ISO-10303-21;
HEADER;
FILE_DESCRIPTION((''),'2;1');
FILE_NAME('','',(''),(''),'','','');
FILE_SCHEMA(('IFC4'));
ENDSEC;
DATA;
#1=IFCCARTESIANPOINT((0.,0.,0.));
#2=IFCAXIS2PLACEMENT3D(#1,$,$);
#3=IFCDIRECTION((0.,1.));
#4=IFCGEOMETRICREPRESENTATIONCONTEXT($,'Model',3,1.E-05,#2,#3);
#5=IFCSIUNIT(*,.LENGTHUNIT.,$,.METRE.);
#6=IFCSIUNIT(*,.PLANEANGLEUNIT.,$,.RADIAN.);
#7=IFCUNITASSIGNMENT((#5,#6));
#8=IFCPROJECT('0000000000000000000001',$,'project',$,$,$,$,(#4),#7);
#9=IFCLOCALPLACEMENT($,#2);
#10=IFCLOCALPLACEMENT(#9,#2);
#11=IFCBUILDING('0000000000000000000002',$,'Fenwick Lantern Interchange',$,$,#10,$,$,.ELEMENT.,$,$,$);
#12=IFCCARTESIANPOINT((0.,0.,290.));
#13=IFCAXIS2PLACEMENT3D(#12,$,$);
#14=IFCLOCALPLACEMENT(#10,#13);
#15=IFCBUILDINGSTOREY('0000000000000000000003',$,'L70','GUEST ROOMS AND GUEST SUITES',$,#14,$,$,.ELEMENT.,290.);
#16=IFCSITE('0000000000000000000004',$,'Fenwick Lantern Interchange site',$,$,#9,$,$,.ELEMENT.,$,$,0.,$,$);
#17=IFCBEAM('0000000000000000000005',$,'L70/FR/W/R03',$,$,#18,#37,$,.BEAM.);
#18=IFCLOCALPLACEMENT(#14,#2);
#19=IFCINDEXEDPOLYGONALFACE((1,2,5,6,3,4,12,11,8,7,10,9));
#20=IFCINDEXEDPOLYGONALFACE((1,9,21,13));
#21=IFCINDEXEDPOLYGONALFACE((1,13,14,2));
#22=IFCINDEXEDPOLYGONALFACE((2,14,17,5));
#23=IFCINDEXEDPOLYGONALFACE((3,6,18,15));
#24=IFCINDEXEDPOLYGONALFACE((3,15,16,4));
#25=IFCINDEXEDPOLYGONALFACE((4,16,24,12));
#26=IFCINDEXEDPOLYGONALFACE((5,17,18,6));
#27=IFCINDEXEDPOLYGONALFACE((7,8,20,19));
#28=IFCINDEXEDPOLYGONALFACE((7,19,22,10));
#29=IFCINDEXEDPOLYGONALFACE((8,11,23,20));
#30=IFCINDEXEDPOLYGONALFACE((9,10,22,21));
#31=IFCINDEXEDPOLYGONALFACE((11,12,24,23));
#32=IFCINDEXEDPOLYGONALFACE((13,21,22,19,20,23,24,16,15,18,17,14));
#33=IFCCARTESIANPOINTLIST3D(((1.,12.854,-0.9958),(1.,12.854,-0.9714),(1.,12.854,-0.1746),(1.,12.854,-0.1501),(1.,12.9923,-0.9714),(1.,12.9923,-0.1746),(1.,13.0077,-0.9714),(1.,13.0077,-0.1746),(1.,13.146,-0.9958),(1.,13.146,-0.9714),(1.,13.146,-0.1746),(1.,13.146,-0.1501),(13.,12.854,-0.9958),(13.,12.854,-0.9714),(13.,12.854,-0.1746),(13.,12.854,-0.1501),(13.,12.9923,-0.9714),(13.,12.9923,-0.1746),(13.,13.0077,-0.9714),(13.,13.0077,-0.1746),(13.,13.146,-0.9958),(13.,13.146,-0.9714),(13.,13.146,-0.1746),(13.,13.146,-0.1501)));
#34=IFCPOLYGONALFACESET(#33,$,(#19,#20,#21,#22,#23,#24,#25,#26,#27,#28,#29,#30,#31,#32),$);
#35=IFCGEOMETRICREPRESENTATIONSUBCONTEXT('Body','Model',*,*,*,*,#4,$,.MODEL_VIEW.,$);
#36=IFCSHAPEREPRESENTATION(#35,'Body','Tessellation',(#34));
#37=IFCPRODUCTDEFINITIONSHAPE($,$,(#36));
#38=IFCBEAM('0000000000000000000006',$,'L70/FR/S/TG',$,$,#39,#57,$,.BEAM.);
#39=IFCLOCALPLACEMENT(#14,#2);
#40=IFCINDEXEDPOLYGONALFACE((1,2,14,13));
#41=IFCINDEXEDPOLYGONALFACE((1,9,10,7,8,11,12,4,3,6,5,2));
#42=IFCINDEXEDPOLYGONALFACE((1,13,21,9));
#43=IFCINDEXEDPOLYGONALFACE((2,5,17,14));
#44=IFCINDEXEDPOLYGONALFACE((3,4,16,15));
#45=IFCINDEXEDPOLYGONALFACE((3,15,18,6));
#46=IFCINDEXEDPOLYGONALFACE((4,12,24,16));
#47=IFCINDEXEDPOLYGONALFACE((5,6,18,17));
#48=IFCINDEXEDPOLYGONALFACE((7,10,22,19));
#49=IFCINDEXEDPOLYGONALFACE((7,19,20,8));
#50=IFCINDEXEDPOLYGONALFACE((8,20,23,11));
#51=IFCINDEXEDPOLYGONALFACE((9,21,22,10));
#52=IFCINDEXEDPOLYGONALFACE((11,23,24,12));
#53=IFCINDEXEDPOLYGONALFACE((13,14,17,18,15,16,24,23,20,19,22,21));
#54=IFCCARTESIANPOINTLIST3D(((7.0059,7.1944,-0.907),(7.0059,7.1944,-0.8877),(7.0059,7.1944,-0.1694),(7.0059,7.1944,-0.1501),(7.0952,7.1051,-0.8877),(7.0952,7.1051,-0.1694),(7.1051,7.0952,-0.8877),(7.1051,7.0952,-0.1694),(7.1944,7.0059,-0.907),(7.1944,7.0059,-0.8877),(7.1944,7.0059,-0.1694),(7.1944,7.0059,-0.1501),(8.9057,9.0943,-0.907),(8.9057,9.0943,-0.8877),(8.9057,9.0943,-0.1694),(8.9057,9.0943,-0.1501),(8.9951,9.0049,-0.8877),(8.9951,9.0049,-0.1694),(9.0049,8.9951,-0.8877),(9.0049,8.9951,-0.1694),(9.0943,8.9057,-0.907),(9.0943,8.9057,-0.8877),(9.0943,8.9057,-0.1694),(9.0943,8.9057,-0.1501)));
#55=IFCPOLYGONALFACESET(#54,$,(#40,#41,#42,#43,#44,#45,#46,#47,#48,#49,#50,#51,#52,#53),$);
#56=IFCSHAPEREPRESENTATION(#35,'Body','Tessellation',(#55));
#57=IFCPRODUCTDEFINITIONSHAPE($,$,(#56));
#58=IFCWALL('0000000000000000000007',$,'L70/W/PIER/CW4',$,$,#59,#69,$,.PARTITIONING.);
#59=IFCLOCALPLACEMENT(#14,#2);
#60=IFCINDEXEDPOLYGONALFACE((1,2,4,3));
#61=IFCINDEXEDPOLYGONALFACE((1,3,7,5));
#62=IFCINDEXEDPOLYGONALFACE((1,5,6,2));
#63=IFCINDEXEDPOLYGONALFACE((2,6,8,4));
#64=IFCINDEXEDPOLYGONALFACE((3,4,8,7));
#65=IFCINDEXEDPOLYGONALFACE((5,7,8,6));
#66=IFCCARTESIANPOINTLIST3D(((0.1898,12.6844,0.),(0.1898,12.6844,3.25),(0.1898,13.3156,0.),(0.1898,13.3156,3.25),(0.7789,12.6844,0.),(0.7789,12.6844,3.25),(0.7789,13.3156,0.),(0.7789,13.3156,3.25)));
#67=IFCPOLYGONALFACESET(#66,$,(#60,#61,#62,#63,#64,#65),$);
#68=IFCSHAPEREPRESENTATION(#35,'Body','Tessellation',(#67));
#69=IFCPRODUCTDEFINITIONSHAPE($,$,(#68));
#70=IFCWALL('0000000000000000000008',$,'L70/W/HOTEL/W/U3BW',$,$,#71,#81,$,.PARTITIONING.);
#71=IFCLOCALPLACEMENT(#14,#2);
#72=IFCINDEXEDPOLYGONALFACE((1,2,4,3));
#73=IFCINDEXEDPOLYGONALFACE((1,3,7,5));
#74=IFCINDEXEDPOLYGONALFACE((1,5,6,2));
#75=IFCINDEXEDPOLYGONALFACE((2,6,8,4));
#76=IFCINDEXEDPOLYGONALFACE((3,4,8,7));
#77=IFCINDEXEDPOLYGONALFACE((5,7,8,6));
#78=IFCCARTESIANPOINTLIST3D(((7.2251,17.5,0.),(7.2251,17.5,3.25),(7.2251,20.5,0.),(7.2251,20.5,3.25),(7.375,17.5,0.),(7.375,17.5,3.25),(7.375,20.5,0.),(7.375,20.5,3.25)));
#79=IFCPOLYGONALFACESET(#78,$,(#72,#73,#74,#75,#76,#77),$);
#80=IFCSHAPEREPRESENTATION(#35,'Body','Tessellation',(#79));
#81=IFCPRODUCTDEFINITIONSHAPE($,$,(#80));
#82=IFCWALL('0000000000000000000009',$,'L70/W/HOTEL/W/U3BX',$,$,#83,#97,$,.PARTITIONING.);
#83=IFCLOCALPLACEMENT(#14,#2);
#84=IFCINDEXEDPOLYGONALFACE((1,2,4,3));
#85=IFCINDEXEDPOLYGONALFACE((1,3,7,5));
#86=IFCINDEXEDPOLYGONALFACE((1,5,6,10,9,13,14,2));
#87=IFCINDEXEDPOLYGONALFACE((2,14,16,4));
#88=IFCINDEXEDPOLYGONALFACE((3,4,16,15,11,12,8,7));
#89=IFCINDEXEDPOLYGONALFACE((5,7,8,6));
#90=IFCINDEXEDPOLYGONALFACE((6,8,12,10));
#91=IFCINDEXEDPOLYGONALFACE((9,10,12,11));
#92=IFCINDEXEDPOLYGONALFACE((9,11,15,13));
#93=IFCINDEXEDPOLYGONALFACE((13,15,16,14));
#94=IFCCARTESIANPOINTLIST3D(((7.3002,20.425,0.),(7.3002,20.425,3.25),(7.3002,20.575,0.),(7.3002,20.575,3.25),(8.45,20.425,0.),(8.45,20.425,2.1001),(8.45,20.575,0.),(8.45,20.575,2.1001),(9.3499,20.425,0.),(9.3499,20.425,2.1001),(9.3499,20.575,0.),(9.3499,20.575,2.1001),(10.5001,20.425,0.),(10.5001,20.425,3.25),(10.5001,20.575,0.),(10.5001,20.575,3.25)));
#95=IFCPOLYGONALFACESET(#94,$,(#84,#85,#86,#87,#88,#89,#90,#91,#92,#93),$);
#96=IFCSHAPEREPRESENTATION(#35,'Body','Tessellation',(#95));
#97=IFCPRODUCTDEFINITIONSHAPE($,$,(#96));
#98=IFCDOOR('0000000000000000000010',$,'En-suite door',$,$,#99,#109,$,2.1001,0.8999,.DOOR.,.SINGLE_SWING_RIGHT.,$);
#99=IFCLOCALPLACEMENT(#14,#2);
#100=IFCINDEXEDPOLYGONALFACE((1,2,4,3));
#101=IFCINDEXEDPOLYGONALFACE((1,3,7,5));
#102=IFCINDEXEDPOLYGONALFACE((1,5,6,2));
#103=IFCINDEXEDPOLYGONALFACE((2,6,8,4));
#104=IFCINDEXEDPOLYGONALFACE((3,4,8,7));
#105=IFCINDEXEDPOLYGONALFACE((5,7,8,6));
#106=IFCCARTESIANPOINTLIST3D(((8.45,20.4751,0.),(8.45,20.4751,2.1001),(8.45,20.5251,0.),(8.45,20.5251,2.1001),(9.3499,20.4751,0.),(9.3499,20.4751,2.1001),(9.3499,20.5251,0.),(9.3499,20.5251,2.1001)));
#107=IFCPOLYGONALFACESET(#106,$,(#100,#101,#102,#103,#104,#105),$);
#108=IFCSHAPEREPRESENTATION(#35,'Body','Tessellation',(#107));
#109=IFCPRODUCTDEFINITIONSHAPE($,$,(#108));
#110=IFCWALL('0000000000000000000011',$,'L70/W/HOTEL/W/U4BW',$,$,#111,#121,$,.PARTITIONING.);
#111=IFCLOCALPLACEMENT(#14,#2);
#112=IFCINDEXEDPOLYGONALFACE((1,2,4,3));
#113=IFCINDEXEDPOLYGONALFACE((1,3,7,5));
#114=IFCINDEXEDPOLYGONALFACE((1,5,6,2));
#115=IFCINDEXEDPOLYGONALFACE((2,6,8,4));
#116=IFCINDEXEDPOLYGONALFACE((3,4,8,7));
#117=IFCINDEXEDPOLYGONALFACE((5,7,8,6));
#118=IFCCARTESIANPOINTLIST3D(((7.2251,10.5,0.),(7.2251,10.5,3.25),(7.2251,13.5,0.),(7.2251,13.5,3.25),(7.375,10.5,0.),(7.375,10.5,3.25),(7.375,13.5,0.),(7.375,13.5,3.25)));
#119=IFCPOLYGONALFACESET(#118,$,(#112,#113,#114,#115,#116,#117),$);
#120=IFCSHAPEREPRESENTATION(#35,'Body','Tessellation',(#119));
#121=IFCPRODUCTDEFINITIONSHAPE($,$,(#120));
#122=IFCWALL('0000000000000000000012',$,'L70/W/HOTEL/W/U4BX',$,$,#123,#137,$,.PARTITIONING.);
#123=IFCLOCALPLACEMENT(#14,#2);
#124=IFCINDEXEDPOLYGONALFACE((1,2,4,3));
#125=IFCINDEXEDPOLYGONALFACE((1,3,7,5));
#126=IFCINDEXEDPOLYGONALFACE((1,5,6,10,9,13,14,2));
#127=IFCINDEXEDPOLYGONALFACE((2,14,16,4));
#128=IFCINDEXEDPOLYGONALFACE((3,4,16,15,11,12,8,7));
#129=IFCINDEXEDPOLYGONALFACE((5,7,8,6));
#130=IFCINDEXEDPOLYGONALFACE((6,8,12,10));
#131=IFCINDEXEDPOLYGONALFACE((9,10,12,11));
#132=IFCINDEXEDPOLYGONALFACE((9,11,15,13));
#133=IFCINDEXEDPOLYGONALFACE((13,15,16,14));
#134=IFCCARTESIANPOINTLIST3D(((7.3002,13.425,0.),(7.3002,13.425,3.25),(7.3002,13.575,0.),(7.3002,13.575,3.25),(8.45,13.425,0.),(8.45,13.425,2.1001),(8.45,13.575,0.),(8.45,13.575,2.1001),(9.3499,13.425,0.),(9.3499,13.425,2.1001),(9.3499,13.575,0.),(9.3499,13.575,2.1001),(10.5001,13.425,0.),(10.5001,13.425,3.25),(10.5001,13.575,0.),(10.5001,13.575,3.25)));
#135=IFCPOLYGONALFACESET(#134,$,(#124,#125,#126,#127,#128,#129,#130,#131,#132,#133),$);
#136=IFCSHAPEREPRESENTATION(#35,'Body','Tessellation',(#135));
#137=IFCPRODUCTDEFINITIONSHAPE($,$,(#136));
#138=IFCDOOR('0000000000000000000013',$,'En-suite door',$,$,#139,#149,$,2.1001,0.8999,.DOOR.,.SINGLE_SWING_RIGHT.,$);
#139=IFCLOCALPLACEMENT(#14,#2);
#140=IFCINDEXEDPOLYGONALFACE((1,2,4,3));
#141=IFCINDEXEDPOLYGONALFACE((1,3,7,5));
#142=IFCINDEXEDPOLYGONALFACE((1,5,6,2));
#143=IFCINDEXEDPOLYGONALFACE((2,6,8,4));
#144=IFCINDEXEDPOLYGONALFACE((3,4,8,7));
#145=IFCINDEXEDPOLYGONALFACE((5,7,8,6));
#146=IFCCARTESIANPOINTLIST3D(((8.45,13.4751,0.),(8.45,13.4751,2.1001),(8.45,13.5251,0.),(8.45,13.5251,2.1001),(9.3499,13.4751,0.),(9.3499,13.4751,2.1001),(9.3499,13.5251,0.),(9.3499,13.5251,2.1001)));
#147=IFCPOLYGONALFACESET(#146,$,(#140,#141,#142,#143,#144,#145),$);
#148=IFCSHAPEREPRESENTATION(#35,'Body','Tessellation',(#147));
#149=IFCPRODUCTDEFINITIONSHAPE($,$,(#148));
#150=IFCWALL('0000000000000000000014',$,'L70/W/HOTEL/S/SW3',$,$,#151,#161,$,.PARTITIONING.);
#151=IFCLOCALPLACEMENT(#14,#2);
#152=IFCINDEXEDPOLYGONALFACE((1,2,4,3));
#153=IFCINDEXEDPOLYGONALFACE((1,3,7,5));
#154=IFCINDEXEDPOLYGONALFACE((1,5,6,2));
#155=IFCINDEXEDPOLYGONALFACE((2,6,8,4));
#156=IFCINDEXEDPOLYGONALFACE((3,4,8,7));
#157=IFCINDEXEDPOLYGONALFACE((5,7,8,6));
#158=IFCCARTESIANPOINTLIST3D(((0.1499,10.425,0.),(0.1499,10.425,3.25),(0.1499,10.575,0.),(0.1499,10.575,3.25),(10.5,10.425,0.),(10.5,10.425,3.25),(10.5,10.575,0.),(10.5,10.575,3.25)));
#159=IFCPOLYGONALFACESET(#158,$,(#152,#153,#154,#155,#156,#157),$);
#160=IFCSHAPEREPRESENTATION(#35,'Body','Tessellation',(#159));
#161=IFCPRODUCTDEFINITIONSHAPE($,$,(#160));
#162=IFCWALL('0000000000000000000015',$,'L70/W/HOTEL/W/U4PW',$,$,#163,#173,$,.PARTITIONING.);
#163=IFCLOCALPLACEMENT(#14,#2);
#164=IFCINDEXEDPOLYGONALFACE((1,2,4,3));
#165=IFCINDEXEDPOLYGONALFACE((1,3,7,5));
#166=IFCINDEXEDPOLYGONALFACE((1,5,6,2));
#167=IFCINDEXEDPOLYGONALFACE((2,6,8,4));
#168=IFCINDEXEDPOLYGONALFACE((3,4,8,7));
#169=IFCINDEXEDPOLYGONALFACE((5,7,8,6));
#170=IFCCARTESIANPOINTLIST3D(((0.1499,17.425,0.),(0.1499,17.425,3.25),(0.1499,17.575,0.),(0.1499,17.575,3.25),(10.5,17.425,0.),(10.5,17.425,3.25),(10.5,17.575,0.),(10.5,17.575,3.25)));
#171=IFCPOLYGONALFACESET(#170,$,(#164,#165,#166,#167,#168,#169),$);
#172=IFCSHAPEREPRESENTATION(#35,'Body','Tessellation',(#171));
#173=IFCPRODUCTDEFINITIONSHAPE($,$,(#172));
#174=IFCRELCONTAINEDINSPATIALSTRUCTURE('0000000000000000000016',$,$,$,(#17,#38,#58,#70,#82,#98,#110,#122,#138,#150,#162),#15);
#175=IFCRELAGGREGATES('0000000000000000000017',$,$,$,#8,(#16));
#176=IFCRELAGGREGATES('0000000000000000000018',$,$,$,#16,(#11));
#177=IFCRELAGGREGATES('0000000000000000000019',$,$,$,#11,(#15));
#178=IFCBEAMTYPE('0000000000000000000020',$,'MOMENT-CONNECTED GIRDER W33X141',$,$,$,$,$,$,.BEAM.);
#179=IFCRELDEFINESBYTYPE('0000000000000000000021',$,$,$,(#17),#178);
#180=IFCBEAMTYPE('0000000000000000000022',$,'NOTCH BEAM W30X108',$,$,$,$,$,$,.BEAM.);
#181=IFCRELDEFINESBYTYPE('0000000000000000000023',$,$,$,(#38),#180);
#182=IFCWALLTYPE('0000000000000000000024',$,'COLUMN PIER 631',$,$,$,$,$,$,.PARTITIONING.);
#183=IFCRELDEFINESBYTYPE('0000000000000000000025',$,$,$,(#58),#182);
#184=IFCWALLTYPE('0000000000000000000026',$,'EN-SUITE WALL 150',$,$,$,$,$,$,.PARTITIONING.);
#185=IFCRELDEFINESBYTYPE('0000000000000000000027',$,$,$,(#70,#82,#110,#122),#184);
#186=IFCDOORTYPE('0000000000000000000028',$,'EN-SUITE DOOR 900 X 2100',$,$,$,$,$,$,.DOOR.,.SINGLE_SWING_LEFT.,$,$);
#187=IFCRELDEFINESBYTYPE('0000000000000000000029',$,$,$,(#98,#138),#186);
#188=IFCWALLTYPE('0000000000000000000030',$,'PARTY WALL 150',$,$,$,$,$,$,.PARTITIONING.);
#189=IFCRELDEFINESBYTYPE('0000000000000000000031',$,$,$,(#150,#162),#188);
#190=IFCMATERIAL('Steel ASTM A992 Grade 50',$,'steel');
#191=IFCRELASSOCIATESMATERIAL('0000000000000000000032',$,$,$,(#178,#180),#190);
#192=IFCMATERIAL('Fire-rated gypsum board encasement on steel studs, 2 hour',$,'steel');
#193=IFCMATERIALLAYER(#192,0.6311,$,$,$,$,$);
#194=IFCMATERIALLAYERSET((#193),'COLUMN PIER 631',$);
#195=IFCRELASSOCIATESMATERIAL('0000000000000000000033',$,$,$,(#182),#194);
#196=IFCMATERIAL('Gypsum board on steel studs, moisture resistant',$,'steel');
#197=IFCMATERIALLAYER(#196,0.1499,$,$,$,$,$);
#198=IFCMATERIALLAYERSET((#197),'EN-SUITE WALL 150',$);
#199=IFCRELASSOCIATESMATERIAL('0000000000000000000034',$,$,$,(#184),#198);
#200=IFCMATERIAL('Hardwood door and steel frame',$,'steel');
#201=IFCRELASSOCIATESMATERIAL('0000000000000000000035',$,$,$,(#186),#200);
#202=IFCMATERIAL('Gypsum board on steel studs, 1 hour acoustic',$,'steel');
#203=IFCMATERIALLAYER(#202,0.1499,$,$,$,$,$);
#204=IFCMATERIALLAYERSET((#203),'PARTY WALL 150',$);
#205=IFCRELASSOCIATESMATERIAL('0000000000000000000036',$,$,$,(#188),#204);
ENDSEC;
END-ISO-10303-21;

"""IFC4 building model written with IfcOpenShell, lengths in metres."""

from ifc_helpers import new_model, si_unit, direction, frame, frame_2d, origin, origin_2d, place, context, subcontext, project, spatial, rectangle, i_section, extrude, material, layer, layer_set, material_profile, profile_set, type_object, element, fill, save


model = new_model("IFC4")

# Units and contexts
model_context = context("Model", 3, precision=1e-05, world=origin(), true_north=direction((0.0, 1.0)))
body_context = subcontext(model_context, "Body", "Model", "MODEL_VIEW")
ifc_project = project(units=[si_unit("LENGTHUNIT", "METRE"), si_unit("PLANEANGLEUNIT", "RADIAN")], contexts=[model_context])

# Site, building, storey
site_placement = place(None, origin())
site = spatial("IfcSite", under=ifc_project, at=site_placement, Name="Fenwick Lantern Interchange site", CompositionType="ELEMENT", RefElevation=0.0)
building_placement = place(site_placement, origin())
building = spatial("IfcBuilding", under=site, at=building_placement, Name="Fenwick Lantern Interchange", CompositionType="ELEMENT")
storey_placement = place(building_placement, frame((0.0, 0.0, 290.0)))
storey = spatial("IfcBuildingStorey", under=building, at=storey_placement, Name="L70", Description="GUEST ROOMS AND GUEST SUITES", CompositionType="ELEMENT", Elevation=290.0)

# Shared definitions
ifc_material_1 = material(Name="Steel ASTM A992 Grade 50", Category="steel")

# Beams
ifc_material_profile_1 = material_profile(ifc_material_1, i_section(OverallWidth=0.292, OverallDepth=0.8457, WebThickness=0.0154, FlangeThickness=0.0244, at=origin_2d()), Name="W33X141")
ifc_profile_set_1 = profile_set([ifc_material_profile_1], Name="Steel ASTM A992 Grade 50")
beam_type_1 = type_object("IfcBeamType", Name="MOMENT-CONNECTED GIRDER W33X141", PredefinedType="BEAM", material=ifc_profile_set_1)
beam_1_placement = place(storey_placement, frame((1.0, 13.0, -0.573), z_axis=(1.0, 0.0, 0.0), x_axis=(0.0, 1.0, 0.0)))
element("IfcBeam", 1, at=beam_1_placement, inside=storey, type_object=beam_type_1, Name="L70/FR/W/R03", PredefinedType="BEAM", context=body_context, shape_type="SweptSolid", body=[
    extrude(i_section(OverallWidth=0.292, OverallDepth=0.8457, WebThickness=0.0154, FlangeThickness=0.0244, at=origin_2d()), origin(), (0.0, 0.0, 1.0), 12.0),
])
ifc_material_profile_2 = material_profile(ifc_material_1, i_section(OverallWidth=0.2666, OverallDepth=0.7568, WebThickness=0.0139, FlangeThickness=0.0193, at=origin_2d()), Name="W30X108")
ifc_profile_set_2 = profile_set([ifc_material_profile_2], Name="Steel ASTM A992 Grade 50")
beam_type_2 = type_object("IfcBeamType", Name="NOTCH BEAM W30X108", PredefinedType="BEAM", material=ifc_profile_set_2)
beam_2_placement = place(storey_placement, frame((9.0, 9.0, -0.5286), z_axis=(-0.707107, -0.707107, 0.0), x_axis=(0.707107, -0.707107, 0.0)))
element("IfcBeam", 2, at=beam_2_placement, inside=storey, type_object=beam_type_2, Name="L70/FR/S/TG", PredefinedType="BEAM", context=body_context, shape_type="SweptSolid", body=[
    extrude(i_section(OverallWidth=0.2666, OverallDepth=0.7568, WebThickness=0.0139, FlangeThickness=0.0193, at=origin_2d()), origin(), (0.0, 0.0, 1.0), 2.6868),
])

# Walls
ifc_material_2 = material(Name="Fire-rated gypsum board encasement on steel studs, 2 hour", Category="steel")
ifc_layer_1 = layer(ifc_material_2, 0.6311)
ifc_layer_set_1 = layer_set([ifc_layer_1], Name="COLUMN PIER 631")
wall_type_1 = type_object("IfcWallType", Name="COLUMN PIER 631", PredefinedType="PARTITIONING", material=ifc_layer_set_1)
wall_1_placement = place(storey_placement, frame((0.1899, 13.0, 0.0), z_axis=(0.0, 0.0, 1.0), x_axis=(1.0, 0.0, 0.0)))
element("IfcWall", 3, at=wall_1_placement, inside=storey, type_object=wall_type_1, Name="L70/W/PIER/CW4", PredefinedType="PARTITIONING", context=body_context, shape_type="SweptSolid", body=[
    extrude(rectangle(XDim=0.5891, YDim=0.6311, at=frame_2d((0.2944, 0.0))), origin(), (0.0, 0.0, 1.0), 3.25),
])
ifc_material_3 = material(Name="Gypsum board on steel studs, moisture resistant", Category="steel")
ifc_layer_2 = layer(ifc_material_3, 0.1499)
ifc_layer_set_2 = layer_set([ifc_layer_2], Name="EN-SUITE WALL 150")
wall_type_2 = type_object("IfcWallType", Name="EN-SUITE WALL 150", PredefinedType="PARTITIONING", material=ifc_layer_set_2)
wall_2_placement = place(storey_placement, frame((7.3, 20.5, 0.0), z_axis=(0.0, 0.0, 1.0), x_axis=(0.0, -1.0, 0.0)))
element("IfcWall", 4, at=wall_2_placement, inside=storey, type_object=wall_type_2, Name="L70/W/HOTEL/W/U3BW", PredefinedType="PARTITIONING", context=body_context, shape_type="SweptSolid", body=[
    extrude(rectangle(XDim=3.0, YDim=0.1499, at=frame_2d((1.5, 0.0))), origin(), (0.0, 0.0, 1.0), 3.25),
])

# Wall, opening, door
wall_3_placement = place(storey_placement, frame((7.3, 20.5, 0.0), z_axis=(0.0, 0.0, 1.0), x_axis=(1.0, 0.0, 0.0)))
wall_3 = element("IfcWall", 5, at=wall_3_placement, inside=storey, type_object=wall_type_2, Name="L70/W/HOTEL/W/U3BX", PredefinedType="PARTITIONING", context=body_context, shape_type="SweptSolid", body=[
    extrude(rectangle(XDim=3.2, YDim=0.1499, at=frame_2d((1.6001, 0.0))), origin(), (0.0, 0.0, 1.0), 3.25),
])
opening_1_placement = place(wall_3_placement, frame((1.1499, 0.0, 0.0)))
opening_1 = element("IfcOpeningElement", 6, at=opening_1_placement, cuts=wall_3, PredefinedType="OPENING", context=body_context, shape_type="SweptSolid", body=[
    extrude(rectangle(XDim=0.8999, YDim=2.1001, at=frame_2d((0.45, 1.05))), frame((0.0, 0.085, 0.0), z_axis=(0.0, -1.0, 0.0), x_axis=(1.0, 0.0, 0.0)), (0.0, 0.0, 1.0), 0.1699),
])
ifc_material_4 = material(Name="Hardwood door and steel frame", Category="steel")
door_type = type_object("IfcDoorType", Name="EN-SUITE DOOR 900 X 2100", OperationType="SINGLE_SWING_LEFT", PredefinedType="DOOR", material=ifc_material_4)
door_1_placement = place(opening_1_placement, frame((0.8999, 0.0, 0.0), z_axis=(0.0, 0.0, 1.0), x_axis=(-1.0, 0.0, 0.0)))
door_1 = element("IfcDoor", 7, at=door_1_placement, inside=storey, type_object=door_type, Name="En-suite door", OperationType="SINGLE_SWING_RIGHT", OverallHeight=2.1001, OverallWidth=0.8999, PredefinedType="DOOR", context=body_context, shape_type="SweptSolid", body=[
    extrude(rectangle(XDim=0.8999, YDim=2.1001, at=frame_2d((0.45, 1.05))), frame((0.0, 0.0249, 0.0), z_axis=(0.0, -1.0, 0.0), x_axis=(1.0, 0.0, 0.0)), (0.0, 0.0, 1.0), 0.05),
])
fill(opening_1, door_1)

# Wall
wall_4_placement = place(storey_placement, frame((7.3, 13.5, 0.0), z_axis=(0.0, 0.0, 1.0), x_axis=(0.0, -1.0, 0.0)))
element("IfcWall", 8, at=wall_4_placement, inside=storey, type_object=wall_type_2, Name="L70/W/HOTEL/W/U4BW", PredefinedType="PARTITIONING", context=body_context, shape_type="SweptSolid", body=[
    extrude(rectangle(XDim=3.0, YDim=0.1499, at=frame_2d((1.5, 0.0))), origin(), (0.0, 0.0, 1.0), 3.25),
])

# Wall, opening, door
wall_5_placement = place(storey_placement, frame((7.3, 13.5, 0.0), z_axis=(0.0, 0.0, 1.0), x_axis=(1.0, 0.0, 0.0)))
wall_5 = element("IfcWall", 9, at=wall_5_placement, inside=storey, type_object=wall_type_2, Name="L70/W/HOTEL/W/U4BX", PredefinedType="PARTITIONING", context=body_context, shape_type="SweptSolid", body=[
    extrude(rectangle(XDim=3.2, YDim=0.1499, at=frame_2d((1.6001, 0.0))), origin(), (0.0, 0.0, 1.0), 3.25),
])
opening_2_placement = place(wall_5_placement, frame((1.1499, 0.0, 0.0)))
opening_2 = element("IfcOpeningElement", 10, at=opening_2_placement, cuts=wall_5, PredefinedType="OPENING", context=body_context, shape_type="SweptSolid", body=[
    extrude(rectangle(XDim=0.8999, YDim=2.1001, at=frame_2d((0.45, 1.05))), frame((0.0, 0.085, 0.0), z_axis=(0.0, -1.0, 0.0), x_axis=(1.0, 0.0, 0.0)), (0.0, 0.0, 1.0), 0.1699),
])
door_2_placement = place(opening_2_placement, frame((0.8999, 0.0, 0.0), z_axis=(0.0, 0.0, 1.0), x_axis=(-1.0, 0.0, 0.0)))
door_2 = element("IfcDoor", 11, at=door_2_placement, inside=storey, type_object=door_type, Name="En-suite door", OperationType="SINGLE_SWING_RIGHT", OverallHeight=2.1001, OverallWidth=0.8999, PredefinedType="DOOR", context=body_context, shape_type="SweptSolid", body=[
    extrude(rectangle(XDim=0.8999, YDim=2.1001, at=frame_2d((0.45, 1.05))), frame((0.0, 0.0249, 0.0), z_axis=(0.0, -1.0, 0.0), x_axis=(1.0, 0.0, 0.0)), (0.0, 0.0, 1.0), 0.05),
])
fill(opening_2, door_2)

# Walls
ifc_material_5 = material(Name="Gypsum board on steel studs, 1 hour acoustic", Category="steel")
ifc_layer_3 = layer(ifc_material_5, 0.1499)
ifc_layer_set_3 = layer_set([ifc_layer_3], Name="PARTY WALL 150")
wall_type_3 = type_object("IfcWallType", Name="PARTY WALL 150", PredefinedType="PARTITIONING", material=ifc_layer_set_3)
for number, where, z_axis, x_axis, name in (
    (12, (0.1499, 10.5, 0.0), (0.0, 0.0, 1.0), (1.0, 0.0, 0.0), "L70/W/HOTEL/S/SW3"),
    (13, (0.1499, 17.5, 0.0), (0.0, 0.0, 1.0), (1.0, 0.0, 0.0), "L70/W/HOTEL/W/U4PW"),
):
    element("IfcWall", number, at=place(storey_placement, frame(where, z_axis=z_axis, x_axis=x_axis)), inside=storey, type_object=wall_type_3, Name=name, PredefinedType="PARTITIONING", context=body_context, shape_type="SweptSolid", body=[
        extrude(rectangle(XDim=10.3501, YDim=0.1499, at=frame_2d((5.175, 0.0))), origin(), (0.0, 0.0, 1.0), 3.25),
    ])

save(model, "model.ifc")
